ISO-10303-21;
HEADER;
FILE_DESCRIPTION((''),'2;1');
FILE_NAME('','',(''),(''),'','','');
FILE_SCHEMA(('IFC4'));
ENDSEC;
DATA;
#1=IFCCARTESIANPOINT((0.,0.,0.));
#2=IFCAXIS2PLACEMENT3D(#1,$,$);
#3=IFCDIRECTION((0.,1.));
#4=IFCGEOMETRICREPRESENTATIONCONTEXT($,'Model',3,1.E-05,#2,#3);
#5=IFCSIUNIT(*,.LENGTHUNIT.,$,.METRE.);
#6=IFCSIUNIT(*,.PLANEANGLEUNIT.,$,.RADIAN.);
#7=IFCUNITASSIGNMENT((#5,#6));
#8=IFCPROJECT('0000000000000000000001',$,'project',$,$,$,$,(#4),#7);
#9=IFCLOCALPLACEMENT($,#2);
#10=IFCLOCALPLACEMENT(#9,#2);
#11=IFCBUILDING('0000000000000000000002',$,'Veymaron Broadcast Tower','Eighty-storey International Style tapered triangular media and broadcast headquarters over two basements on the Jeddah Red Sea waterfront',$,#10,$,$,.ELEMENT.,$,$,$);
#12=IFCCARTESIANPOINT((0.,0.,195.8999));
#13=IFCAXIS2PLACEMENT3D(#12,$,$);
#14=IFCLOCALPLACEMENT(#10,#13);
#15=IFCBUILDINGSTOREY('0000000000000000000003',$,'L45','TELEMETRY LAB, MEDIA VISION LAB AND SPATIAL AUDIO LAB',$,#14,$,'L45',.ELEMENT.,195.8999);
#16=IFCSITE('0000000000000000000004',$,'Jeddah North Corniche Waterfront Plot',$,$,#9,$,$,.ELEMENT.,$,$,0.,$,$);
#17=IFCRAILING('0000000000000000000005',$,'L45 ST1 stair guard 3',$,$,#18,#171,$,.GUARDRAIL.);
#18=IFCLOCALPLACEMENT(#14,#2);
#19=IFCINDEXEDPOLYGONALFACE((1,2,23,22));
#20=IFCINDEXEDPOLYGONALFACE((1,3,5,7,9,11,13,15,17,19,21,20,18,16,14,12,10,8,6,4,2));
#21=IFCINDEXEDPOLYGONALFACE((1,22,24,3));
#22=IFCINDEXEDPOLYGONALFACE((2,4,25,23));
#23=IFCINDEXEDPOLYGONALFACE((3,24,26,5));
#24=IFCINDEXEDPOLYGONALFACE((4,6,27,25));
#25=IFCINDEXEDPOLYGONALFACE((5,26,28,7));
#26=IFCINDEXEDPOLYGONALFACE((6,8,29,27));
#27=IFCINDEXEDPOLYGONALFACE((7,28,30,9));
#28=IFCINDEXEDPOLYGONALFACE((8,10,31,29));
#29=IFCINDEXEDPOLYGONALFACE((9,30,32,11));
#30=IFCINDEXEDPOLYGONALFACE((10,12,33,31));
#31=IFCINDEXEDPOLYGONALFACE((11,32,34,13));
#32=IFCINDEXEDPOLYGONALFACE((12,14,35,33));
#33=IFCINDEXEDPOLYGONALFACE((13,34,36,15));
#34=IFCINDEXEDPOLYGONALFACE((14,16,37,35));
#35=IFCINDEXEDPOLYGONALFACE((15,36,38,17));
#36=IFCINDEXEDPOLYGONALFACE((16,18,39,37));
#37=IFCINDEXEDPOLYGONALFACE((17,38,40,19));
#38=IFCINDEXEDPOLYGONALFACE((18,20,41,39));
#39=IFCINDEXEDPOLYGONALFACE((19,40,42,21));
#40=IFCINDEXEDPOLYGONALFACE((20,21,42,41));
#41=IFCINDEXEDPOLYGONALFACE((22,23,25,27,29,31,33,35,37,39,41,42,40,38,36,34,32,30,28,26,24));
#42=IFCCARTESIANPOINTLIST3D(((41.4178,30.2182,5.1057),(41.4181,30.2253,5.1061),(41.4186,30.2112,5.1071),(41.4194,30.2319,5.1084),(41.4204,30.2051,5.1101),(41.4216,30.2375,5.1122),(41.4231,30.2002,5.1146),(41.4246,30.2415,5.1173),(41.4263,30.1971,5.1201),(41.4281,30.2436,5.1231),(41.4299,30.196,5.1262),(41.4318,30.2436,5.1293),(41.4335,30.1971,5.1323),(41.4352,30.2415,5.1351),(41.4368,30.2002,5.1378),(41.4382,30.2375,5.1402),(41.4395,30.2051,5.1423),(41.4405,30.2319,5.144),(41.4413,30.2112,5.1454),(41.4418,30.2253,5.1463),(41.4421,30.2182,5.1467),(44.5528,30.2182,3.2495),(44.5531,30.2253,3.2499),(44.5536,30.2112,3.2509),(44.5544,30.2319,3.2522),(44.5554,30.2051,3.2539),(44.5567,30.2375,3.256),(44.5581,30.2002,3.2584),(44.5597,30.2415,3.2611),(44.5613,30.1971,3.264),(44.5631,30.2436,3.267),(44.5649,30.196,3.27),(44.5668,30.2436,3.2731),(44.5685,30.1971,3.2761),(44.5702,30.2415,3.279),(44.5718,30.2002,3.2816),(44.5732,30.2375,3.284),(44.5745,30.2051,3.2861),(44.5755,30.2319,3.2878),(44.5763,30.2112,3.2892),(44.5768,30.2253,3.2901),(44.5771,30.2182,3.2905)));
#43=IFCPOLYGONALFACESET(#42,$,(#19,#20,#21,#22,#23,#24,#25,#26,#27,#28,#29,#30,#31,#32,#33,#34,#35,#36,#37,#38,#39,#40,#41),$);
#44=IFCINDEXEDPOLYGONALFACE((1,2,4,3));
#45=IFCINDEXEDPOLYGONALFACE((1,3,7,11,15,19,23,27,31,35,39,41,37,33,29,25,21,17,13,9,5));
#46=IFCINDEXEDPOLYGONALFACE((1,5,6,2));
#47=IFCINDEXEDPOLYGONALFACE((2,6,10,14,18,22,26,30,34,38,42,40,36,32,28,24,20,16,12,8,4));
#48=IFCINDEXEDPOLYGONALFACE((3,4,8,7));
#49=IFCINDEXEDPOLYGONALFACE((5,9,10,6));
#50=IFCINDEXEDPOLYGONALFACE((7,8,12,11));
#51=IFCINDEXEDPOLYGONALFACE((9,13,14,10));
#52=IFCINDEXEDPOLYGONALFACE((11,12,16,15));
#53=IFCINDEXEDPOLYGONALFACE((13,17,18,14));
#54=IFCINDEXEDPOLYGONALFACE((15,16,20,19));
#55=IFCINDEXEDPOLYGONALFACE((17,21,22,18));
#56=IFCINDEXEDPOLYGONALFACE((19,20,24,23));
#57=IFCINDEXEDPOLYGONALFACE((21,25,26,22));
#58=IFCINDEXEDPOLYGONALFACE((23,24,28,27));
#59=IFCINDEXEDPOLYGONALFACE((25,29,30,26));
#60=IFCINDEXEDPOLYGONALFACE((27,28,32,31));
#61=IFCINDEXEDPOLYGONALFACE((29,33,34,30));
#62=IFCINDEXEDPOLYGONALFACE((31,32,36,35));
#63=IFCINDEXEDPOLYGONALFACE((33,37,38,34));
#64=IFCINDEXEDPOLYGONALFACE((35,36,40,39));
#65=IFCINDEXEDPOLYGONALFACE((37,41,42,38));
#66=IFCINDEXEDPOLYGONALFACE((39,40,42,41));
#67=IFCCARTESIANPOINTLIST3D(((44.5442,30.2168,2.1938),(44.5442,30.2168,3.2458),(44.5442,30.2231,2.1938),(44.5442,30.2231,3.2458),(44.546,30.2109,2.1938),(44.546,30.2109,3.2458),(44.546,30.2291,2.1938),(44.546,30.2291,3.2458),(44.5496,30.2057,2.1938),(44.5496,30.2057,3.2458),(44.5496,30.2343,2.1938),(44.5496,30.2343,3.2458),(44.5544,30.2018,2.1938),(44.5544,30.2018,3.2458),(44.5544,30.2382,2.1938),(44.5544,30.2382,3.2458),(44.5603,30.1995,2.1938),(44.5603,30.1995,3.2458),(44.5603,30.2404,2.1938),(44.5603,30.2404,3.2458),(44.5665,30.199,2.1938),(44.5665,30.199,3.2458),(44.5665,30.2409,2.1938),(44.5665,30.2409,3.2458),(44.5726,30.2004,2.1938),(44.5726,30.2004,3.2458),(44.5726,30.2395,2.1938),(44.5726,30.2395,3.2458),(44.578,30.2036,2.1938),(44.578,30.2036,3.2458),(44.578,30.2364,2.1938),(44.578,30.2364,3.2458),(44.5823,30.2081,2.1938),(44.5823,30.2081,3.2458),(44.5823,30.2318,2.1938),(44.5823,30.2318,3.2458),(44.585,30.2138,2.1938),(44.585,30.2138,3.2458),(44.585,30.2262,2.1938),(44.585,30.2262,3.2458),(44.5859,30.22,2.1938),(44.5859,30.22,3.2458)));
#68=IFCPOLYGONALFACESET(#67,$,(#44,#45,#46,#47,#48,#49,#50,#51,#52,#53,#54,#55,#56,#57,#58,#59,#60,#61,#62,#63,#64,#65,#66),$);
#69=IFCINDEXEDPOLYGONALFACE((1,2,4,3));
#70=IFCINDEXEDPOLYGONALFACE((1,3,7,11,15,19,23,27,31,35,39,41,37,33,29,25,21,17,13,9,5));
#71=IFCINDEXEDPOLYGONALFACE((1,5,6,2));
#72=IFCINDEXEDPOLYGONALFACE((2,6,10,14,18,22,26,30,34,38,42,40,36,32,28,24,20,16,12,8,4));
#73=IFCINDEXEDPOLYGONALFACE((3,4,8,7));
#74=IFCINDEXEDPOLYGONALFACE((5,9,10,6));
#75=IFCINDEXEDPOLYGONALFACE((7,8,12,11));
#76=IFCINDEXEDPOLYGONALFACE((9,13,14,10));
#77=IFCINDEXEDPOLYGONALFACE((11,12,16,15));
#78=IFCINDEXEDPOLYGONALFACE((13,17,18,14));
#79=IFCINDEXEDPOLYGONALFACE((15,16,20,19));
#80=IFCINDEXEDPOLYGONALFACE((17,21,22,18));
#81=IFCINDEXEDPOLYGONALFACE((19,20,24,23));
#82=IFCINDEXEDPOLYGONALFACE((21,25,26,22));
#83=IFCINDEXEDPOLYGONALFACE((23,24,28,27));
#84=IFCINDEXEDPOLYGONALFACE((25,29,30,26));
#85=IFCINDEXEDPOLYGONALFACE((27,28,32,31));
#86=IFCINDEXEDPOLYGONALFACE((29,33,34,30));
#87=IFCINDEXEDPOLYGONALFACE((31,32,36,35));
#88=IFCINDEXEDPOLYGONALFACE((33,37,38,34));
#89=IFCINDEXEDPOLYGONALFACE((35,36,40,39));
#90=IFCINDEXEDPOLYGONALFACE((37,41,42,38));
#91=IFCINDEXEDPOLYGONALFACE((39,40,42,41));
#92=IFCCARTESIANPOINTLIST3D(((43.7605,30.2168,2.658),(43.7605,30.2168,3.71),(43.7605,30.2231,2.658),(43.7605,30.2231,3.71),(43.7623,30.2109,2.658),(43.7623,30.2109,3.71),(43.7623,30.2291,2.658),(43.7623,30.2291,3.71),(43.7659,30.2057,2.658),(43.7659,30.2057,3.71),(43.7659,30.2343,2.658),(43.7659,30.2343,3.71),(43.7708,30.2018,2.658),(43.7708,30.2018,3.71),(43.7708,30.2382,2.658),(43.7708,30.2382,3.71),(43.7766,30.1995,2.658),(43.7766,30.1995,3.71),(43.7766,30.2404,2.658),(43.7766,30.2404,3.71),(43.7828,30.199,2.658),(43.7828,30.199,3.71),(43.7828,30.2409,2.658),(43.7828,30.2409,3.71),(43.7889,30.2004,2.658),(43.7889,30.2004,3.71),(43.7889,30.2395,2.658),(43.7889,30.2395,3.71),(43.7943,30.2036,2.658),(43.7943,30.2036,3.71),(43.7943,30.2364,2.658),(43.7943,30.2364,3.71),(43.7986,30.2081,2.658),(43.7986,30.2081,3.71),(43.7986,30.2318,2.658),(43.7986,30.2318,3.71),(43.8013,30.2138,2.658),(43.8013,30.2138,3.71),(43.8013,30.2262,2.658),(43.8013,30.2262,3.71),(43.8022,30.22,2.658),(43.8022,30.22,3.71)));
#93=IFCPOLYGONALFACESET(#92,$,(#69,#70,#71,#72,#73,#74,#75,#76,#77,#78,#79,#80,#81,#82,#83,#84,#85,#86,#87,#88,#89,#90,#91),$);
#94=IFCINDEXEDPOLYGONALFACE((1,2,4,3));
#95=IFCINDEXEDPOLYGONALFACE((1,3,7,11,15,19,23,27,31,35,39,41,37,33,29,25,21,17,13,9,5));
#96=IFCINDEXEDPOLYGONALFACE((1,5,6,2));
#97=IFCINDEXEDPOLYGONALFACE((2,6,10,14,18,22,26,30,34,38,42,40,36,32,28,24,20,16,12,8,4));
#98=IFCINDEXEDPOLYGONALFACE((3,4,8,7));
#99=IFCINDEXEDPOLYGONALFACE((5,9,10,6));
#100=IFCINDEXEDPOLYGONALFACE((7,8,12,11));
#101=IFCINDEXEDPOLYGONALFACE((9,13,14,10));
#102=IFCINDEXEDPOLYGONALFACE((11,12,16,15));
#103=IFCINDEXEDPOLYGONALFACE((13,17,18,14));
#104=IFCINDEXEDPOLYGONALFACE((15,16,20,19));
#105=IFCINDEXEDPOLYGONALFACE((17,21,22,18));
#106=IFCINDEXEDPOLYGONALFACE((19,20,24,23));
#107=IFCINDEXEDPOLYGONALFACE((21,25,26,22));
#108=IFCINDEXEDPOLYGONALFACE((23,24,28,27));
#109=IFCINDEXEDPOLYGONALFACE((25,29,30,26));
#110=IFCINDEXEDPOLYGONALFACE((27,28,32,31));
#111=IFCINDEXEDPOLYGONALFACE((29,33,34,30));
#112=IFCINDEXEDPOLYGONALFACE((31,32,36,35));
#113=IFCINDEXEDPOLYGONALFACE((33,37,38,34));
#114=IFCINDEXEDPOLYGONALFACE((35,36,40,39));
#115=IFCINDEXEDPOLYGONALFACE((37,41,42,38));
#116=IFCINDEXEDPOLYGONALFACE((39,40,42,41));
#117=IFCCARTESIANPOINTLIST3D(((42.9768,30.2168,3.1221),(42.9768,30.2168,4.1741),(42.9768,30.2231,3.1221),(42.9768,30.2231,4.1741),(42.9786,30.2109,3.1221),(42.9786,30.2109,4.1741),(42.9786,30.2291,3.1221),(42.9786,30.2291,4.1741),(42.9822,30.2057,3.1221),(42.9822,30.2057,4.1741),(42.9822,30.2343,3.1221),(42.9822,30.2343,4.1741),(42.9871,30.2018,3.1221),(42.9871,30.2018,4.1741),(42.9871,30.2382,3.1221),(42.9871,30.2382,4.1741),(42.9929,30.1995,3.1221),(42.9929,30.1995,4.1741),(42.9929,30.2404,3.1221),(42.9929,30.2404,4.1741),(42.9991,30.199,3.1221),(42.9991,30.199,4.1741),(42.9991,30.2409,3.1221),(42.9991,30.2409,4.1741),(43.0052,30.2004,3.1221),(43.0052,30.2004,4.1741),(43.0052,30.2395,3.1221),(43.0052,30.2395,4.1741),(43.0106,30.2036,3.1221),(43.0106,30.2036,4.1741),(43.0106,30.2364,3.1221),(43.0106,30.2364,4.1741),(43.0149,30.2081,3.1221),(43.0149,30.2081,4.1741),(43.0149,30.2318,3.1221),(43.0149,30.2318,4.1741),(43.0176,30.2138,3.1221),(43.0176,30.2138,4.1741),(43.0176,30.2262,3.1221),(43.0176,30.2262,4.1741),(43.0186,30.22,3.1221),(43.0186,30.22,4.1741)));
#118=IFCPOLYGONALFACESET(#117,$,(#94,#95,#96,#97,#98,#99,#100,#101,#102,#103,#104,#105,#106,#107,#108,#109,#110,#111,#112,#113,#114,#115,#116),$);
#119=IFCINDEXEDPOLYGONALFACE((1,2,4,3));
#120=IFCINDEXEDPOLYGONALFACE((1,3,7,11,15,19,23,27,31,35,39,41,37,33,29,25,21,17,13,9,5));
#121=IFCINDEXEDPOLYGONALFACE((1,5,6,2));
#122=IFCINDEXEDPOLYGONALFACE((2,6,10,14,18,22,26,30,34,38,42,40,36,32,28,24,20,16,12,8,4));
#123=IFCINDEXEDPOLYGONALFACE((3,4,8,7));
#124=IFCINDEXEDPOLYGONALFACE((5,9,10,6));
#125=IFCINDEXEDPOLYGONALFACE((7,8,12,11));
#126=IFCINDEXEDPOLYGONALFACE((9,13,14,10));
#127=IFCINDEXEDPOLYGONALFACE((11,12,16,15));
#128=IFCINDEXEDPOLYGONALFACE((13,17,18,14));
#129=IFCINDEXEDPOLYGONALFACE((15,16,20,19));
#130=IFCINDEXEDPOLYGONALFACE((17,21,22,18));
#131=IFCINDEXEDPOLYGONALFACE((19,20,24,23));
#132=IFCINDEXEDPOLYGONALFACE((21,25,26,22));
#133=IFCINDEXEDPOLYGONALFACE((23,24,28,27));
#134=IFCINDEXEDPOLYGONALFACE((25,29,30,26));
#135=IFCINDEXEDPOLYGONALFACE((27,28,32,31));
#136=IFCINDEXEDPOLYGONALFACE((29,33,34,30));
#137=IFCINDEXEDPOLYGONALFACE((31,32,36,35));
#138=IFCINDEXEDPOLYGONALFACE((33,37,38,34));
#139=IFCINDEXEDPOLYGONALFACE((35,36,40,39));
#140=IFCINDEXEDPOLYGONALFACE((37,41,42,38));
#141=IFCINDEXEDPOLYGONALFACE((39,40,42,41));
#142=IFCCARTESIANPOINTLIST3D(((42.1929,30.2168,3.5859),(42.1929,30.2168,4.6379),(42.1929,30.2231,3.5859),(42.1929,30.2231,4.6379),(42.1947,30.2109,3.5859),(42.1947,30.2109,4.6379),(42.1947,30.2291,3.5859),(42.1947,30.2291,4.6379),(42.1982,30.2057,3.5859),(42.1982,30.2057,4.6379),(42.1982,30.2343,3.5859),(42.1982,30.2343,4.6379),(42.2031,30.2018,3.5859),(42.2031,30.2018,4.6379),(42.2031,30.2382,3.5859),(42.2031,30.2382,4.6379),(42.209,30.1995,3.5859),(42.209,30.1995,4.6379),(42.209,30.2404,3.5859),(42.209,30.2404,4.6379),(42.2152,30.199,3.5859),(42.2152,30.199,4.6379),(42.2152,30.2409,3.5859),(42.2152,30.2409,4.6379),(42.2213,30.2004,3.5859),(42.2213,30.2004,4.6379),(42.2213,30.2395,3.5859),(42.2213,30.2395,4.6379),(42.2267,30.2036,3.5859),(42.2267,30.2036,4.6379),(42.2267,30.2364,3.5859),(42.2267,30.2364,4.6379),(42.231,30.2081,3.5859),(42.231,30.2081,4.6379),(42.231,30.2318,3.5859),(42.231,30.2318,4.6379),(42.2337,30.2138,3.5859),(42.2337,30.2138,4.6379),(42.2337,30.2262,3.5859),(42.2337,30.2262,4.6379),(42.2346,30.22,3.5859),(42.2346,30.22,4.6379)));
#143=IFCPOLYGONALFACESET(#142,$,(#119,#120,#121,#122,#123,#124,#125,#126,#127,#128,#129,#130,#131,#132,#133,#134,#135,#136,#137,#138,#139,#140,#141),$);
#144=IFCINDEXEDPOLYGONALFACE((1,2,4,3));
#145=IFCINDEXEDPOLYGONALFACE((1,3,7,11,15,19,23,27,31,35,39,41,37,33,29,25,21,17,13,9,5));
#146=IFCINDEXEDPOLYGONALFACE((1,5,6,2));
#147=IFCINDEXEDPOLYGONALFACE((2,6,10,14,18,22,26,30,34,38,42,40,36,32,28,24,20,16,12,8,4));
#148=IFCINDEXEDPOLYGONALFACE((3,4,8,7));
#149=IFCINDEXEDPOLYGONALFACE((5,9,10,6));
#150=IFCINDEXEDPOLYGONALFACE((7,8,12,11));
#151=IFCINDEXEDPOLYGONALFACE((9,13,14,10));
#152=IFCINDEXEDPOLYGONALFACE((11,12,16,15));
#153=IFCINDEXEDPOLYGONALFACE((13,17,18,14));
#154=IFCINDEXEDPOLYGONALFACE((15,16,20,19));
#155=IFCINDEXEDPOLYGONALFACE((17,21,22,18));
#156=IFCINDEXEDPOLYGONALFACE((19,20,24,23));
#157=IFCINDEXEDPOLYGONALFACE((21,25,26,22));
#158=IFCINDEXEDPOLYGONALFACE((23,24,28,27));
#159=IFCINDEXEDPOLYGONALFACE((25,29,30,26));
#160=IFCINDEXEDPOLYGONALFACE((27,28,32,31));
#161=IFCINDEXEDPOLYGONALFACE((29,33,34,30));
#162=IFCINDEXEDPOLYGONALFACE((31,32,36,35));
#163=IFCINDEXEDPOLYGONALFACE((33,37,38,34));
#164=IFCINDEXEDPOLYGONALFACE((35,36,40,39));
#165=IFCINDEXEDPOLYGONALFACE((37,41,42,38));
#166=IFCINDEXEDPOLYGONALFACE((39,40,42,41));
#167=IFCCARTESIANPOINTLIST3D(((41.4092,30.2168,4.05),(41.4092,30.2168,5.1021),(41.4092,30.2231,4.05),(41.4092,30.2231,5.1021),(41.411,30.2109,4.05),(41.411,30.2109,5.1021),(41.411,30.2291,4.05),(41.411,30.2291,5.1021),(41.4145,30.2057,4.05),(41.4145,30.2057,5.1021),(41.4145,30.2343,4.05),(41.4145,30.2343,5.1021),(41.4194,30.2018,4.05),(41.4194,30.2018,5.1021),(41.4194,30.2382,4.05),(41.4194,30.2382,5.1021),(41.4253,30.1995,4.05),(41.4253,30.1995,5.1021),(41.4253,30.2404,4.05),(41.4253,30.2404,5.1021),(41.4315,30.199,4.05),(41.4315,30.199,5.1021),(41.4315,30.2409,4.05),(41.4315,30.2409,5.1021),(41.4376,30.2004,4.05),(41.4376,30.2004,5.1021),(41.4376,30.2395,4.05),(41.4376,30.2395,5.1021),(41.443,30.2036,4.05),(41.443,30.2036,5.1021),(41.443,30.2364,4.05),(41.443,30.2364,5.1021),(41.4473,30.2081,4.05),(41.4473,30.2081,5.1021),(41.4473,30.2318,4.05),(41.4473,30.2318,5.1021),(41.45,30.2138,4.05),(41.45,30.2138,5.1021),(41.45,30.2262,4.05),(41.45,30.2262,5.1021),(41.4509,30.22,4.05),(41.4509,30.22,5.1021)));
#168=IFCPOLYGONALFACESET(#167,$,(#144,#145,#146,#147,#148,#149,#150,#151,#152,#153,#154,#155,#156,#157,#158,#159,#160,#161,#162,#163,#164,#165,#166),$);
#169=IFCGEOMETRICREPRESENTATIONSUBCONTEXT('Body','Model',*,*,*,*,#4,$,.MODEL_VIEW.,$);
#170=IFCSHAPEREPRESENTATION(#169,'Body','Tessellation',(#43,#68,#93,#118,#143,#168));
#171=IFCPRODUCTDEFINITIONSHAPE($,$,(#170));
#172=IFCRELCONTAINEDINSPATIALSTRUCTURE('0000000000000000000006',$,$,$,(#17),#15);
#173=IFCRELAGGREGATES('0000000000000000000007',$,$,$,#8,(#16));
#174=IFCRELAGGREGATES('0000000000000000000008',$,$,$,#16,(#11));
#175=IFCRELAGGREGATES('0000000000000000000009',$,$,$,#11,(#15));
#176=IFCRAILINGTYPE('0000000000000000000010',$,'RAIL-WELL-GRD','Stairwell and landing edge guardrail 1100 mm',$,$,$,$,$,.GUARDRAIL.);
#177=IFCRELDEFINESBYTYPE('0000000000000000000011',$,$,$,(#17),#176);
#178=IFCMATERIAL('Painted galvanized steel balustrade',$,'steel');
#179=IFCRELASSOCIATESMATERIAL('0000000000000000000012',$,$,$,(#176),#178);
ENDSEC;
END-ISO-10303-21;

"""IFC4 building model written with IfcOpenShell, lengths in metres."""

from ifc_helpers import new_model, si_unit, direction, frame, origin, origin_2d, place, context, subcontext, project, spatial, circle, extrude, material, type_object, element, save


model = new_model("IFC4")

# Units and contexts
model_context = context("Model", 3, precision=1e-05, world=origin(), true_north=direction((0.0, 1.0)))
body_context = subcontext(model_context, "Body", "Model", "MODEL_VIEW")
ifc_project = project(units=[si_unit("LENGTHUNIT", "METRE"), si_unit("PLANEANGLEUNIT", "RADIAN")], contexts=[model_context])

# Site, building, storey
site_placement = place(None, origin())
site = spatial("IfcSite", under=ifc_project, at=site_placement, Name="Jeddah North Corniche Waterfront Plot", CompositionType="ELEMENT", RefElevation=0.0)
building_placement = place(site_placement, origin())
building = spatial("IfcBuilding", under=site, at=building_placement, Name="Veymaron Broadcast Tower", Description="Eighty-storey International Style tapered triangular media and broadcast headquarters over two basements on the Jeddah Red Sea waterfront", CompositionType="ELEMENT")
storey_placement = place(building_placement, frame((0.0, 0.0, 195.8999)))
storey = spatial("IfcBuildingStorey", under=building, at=storey_placement, Name="L45", Description="TELEMETRY LAB, MEDIA VISION LAB AND SPATIAL AUDIO LAB", LongName="L45", CompositionType="ELEMENT", Elevation=195.8999)

# Railing
ifc_material_1 = material(Name="Painted galvanized steel balustrade", Category="steel")
railing_type_1 = type_object("IfcRailingType", Name="RAIL-WELL-GRD", Description="Stairwell and landing edge guardrail 1100 mm", PredefinedType="GUARDRAIL", material=ifc_material_1)
railing_1_placement = place(storey_placement, frame((44.5649, 30.22, 2.1938)))
element("IfcRailing", 1, at=railing_1_placement, inside=storey, type_object=railing_type_1, Name="L45 ST1 stair guard 3", PredefinedType="GUARDRAIL", context=body_context, shape_type="SweptSolid", body=[
    extrude(circle(Radius=0.0239, at=origin_2d()), frame((0.0, 0.0, 1.0762), z_axis=(-0.860482, 0.0, 0.509481), x_axis=(0.0, -1.0, 0.0)), (0.0, 0.0, 1.0), 3.6433),
    extrude(circle(Radius=0.021, at=origin_2d()), origin(), (0.0, 0.0, 1.0), 1.052),
    extrude(circle(Radius=0.021, at=origin_2d()), frame((-0.7837, 0.0, 0.4641)), (0.0, 0.0, 1.0), 1.052),
    extrude(circle(Radius=0.021, at=origin_2d()), frame((-1.5674, 0.0, 0.9282)), (0.0, 0.0, 1.0), 1.052),
    extrude(circle(Radius=0.021, at=origin_2d()), frame((-2.3513, 0.0, 1.3921)), (0.0, 0.0, 1.0), 1.052),
    extrude(circle(Radius=0.021, at=origin_2d()), frame((-3.135, 0.0, 1.8562)), (0.0, 0.0, 1.0), 1.052),
])

save(model, "model.ifc")
